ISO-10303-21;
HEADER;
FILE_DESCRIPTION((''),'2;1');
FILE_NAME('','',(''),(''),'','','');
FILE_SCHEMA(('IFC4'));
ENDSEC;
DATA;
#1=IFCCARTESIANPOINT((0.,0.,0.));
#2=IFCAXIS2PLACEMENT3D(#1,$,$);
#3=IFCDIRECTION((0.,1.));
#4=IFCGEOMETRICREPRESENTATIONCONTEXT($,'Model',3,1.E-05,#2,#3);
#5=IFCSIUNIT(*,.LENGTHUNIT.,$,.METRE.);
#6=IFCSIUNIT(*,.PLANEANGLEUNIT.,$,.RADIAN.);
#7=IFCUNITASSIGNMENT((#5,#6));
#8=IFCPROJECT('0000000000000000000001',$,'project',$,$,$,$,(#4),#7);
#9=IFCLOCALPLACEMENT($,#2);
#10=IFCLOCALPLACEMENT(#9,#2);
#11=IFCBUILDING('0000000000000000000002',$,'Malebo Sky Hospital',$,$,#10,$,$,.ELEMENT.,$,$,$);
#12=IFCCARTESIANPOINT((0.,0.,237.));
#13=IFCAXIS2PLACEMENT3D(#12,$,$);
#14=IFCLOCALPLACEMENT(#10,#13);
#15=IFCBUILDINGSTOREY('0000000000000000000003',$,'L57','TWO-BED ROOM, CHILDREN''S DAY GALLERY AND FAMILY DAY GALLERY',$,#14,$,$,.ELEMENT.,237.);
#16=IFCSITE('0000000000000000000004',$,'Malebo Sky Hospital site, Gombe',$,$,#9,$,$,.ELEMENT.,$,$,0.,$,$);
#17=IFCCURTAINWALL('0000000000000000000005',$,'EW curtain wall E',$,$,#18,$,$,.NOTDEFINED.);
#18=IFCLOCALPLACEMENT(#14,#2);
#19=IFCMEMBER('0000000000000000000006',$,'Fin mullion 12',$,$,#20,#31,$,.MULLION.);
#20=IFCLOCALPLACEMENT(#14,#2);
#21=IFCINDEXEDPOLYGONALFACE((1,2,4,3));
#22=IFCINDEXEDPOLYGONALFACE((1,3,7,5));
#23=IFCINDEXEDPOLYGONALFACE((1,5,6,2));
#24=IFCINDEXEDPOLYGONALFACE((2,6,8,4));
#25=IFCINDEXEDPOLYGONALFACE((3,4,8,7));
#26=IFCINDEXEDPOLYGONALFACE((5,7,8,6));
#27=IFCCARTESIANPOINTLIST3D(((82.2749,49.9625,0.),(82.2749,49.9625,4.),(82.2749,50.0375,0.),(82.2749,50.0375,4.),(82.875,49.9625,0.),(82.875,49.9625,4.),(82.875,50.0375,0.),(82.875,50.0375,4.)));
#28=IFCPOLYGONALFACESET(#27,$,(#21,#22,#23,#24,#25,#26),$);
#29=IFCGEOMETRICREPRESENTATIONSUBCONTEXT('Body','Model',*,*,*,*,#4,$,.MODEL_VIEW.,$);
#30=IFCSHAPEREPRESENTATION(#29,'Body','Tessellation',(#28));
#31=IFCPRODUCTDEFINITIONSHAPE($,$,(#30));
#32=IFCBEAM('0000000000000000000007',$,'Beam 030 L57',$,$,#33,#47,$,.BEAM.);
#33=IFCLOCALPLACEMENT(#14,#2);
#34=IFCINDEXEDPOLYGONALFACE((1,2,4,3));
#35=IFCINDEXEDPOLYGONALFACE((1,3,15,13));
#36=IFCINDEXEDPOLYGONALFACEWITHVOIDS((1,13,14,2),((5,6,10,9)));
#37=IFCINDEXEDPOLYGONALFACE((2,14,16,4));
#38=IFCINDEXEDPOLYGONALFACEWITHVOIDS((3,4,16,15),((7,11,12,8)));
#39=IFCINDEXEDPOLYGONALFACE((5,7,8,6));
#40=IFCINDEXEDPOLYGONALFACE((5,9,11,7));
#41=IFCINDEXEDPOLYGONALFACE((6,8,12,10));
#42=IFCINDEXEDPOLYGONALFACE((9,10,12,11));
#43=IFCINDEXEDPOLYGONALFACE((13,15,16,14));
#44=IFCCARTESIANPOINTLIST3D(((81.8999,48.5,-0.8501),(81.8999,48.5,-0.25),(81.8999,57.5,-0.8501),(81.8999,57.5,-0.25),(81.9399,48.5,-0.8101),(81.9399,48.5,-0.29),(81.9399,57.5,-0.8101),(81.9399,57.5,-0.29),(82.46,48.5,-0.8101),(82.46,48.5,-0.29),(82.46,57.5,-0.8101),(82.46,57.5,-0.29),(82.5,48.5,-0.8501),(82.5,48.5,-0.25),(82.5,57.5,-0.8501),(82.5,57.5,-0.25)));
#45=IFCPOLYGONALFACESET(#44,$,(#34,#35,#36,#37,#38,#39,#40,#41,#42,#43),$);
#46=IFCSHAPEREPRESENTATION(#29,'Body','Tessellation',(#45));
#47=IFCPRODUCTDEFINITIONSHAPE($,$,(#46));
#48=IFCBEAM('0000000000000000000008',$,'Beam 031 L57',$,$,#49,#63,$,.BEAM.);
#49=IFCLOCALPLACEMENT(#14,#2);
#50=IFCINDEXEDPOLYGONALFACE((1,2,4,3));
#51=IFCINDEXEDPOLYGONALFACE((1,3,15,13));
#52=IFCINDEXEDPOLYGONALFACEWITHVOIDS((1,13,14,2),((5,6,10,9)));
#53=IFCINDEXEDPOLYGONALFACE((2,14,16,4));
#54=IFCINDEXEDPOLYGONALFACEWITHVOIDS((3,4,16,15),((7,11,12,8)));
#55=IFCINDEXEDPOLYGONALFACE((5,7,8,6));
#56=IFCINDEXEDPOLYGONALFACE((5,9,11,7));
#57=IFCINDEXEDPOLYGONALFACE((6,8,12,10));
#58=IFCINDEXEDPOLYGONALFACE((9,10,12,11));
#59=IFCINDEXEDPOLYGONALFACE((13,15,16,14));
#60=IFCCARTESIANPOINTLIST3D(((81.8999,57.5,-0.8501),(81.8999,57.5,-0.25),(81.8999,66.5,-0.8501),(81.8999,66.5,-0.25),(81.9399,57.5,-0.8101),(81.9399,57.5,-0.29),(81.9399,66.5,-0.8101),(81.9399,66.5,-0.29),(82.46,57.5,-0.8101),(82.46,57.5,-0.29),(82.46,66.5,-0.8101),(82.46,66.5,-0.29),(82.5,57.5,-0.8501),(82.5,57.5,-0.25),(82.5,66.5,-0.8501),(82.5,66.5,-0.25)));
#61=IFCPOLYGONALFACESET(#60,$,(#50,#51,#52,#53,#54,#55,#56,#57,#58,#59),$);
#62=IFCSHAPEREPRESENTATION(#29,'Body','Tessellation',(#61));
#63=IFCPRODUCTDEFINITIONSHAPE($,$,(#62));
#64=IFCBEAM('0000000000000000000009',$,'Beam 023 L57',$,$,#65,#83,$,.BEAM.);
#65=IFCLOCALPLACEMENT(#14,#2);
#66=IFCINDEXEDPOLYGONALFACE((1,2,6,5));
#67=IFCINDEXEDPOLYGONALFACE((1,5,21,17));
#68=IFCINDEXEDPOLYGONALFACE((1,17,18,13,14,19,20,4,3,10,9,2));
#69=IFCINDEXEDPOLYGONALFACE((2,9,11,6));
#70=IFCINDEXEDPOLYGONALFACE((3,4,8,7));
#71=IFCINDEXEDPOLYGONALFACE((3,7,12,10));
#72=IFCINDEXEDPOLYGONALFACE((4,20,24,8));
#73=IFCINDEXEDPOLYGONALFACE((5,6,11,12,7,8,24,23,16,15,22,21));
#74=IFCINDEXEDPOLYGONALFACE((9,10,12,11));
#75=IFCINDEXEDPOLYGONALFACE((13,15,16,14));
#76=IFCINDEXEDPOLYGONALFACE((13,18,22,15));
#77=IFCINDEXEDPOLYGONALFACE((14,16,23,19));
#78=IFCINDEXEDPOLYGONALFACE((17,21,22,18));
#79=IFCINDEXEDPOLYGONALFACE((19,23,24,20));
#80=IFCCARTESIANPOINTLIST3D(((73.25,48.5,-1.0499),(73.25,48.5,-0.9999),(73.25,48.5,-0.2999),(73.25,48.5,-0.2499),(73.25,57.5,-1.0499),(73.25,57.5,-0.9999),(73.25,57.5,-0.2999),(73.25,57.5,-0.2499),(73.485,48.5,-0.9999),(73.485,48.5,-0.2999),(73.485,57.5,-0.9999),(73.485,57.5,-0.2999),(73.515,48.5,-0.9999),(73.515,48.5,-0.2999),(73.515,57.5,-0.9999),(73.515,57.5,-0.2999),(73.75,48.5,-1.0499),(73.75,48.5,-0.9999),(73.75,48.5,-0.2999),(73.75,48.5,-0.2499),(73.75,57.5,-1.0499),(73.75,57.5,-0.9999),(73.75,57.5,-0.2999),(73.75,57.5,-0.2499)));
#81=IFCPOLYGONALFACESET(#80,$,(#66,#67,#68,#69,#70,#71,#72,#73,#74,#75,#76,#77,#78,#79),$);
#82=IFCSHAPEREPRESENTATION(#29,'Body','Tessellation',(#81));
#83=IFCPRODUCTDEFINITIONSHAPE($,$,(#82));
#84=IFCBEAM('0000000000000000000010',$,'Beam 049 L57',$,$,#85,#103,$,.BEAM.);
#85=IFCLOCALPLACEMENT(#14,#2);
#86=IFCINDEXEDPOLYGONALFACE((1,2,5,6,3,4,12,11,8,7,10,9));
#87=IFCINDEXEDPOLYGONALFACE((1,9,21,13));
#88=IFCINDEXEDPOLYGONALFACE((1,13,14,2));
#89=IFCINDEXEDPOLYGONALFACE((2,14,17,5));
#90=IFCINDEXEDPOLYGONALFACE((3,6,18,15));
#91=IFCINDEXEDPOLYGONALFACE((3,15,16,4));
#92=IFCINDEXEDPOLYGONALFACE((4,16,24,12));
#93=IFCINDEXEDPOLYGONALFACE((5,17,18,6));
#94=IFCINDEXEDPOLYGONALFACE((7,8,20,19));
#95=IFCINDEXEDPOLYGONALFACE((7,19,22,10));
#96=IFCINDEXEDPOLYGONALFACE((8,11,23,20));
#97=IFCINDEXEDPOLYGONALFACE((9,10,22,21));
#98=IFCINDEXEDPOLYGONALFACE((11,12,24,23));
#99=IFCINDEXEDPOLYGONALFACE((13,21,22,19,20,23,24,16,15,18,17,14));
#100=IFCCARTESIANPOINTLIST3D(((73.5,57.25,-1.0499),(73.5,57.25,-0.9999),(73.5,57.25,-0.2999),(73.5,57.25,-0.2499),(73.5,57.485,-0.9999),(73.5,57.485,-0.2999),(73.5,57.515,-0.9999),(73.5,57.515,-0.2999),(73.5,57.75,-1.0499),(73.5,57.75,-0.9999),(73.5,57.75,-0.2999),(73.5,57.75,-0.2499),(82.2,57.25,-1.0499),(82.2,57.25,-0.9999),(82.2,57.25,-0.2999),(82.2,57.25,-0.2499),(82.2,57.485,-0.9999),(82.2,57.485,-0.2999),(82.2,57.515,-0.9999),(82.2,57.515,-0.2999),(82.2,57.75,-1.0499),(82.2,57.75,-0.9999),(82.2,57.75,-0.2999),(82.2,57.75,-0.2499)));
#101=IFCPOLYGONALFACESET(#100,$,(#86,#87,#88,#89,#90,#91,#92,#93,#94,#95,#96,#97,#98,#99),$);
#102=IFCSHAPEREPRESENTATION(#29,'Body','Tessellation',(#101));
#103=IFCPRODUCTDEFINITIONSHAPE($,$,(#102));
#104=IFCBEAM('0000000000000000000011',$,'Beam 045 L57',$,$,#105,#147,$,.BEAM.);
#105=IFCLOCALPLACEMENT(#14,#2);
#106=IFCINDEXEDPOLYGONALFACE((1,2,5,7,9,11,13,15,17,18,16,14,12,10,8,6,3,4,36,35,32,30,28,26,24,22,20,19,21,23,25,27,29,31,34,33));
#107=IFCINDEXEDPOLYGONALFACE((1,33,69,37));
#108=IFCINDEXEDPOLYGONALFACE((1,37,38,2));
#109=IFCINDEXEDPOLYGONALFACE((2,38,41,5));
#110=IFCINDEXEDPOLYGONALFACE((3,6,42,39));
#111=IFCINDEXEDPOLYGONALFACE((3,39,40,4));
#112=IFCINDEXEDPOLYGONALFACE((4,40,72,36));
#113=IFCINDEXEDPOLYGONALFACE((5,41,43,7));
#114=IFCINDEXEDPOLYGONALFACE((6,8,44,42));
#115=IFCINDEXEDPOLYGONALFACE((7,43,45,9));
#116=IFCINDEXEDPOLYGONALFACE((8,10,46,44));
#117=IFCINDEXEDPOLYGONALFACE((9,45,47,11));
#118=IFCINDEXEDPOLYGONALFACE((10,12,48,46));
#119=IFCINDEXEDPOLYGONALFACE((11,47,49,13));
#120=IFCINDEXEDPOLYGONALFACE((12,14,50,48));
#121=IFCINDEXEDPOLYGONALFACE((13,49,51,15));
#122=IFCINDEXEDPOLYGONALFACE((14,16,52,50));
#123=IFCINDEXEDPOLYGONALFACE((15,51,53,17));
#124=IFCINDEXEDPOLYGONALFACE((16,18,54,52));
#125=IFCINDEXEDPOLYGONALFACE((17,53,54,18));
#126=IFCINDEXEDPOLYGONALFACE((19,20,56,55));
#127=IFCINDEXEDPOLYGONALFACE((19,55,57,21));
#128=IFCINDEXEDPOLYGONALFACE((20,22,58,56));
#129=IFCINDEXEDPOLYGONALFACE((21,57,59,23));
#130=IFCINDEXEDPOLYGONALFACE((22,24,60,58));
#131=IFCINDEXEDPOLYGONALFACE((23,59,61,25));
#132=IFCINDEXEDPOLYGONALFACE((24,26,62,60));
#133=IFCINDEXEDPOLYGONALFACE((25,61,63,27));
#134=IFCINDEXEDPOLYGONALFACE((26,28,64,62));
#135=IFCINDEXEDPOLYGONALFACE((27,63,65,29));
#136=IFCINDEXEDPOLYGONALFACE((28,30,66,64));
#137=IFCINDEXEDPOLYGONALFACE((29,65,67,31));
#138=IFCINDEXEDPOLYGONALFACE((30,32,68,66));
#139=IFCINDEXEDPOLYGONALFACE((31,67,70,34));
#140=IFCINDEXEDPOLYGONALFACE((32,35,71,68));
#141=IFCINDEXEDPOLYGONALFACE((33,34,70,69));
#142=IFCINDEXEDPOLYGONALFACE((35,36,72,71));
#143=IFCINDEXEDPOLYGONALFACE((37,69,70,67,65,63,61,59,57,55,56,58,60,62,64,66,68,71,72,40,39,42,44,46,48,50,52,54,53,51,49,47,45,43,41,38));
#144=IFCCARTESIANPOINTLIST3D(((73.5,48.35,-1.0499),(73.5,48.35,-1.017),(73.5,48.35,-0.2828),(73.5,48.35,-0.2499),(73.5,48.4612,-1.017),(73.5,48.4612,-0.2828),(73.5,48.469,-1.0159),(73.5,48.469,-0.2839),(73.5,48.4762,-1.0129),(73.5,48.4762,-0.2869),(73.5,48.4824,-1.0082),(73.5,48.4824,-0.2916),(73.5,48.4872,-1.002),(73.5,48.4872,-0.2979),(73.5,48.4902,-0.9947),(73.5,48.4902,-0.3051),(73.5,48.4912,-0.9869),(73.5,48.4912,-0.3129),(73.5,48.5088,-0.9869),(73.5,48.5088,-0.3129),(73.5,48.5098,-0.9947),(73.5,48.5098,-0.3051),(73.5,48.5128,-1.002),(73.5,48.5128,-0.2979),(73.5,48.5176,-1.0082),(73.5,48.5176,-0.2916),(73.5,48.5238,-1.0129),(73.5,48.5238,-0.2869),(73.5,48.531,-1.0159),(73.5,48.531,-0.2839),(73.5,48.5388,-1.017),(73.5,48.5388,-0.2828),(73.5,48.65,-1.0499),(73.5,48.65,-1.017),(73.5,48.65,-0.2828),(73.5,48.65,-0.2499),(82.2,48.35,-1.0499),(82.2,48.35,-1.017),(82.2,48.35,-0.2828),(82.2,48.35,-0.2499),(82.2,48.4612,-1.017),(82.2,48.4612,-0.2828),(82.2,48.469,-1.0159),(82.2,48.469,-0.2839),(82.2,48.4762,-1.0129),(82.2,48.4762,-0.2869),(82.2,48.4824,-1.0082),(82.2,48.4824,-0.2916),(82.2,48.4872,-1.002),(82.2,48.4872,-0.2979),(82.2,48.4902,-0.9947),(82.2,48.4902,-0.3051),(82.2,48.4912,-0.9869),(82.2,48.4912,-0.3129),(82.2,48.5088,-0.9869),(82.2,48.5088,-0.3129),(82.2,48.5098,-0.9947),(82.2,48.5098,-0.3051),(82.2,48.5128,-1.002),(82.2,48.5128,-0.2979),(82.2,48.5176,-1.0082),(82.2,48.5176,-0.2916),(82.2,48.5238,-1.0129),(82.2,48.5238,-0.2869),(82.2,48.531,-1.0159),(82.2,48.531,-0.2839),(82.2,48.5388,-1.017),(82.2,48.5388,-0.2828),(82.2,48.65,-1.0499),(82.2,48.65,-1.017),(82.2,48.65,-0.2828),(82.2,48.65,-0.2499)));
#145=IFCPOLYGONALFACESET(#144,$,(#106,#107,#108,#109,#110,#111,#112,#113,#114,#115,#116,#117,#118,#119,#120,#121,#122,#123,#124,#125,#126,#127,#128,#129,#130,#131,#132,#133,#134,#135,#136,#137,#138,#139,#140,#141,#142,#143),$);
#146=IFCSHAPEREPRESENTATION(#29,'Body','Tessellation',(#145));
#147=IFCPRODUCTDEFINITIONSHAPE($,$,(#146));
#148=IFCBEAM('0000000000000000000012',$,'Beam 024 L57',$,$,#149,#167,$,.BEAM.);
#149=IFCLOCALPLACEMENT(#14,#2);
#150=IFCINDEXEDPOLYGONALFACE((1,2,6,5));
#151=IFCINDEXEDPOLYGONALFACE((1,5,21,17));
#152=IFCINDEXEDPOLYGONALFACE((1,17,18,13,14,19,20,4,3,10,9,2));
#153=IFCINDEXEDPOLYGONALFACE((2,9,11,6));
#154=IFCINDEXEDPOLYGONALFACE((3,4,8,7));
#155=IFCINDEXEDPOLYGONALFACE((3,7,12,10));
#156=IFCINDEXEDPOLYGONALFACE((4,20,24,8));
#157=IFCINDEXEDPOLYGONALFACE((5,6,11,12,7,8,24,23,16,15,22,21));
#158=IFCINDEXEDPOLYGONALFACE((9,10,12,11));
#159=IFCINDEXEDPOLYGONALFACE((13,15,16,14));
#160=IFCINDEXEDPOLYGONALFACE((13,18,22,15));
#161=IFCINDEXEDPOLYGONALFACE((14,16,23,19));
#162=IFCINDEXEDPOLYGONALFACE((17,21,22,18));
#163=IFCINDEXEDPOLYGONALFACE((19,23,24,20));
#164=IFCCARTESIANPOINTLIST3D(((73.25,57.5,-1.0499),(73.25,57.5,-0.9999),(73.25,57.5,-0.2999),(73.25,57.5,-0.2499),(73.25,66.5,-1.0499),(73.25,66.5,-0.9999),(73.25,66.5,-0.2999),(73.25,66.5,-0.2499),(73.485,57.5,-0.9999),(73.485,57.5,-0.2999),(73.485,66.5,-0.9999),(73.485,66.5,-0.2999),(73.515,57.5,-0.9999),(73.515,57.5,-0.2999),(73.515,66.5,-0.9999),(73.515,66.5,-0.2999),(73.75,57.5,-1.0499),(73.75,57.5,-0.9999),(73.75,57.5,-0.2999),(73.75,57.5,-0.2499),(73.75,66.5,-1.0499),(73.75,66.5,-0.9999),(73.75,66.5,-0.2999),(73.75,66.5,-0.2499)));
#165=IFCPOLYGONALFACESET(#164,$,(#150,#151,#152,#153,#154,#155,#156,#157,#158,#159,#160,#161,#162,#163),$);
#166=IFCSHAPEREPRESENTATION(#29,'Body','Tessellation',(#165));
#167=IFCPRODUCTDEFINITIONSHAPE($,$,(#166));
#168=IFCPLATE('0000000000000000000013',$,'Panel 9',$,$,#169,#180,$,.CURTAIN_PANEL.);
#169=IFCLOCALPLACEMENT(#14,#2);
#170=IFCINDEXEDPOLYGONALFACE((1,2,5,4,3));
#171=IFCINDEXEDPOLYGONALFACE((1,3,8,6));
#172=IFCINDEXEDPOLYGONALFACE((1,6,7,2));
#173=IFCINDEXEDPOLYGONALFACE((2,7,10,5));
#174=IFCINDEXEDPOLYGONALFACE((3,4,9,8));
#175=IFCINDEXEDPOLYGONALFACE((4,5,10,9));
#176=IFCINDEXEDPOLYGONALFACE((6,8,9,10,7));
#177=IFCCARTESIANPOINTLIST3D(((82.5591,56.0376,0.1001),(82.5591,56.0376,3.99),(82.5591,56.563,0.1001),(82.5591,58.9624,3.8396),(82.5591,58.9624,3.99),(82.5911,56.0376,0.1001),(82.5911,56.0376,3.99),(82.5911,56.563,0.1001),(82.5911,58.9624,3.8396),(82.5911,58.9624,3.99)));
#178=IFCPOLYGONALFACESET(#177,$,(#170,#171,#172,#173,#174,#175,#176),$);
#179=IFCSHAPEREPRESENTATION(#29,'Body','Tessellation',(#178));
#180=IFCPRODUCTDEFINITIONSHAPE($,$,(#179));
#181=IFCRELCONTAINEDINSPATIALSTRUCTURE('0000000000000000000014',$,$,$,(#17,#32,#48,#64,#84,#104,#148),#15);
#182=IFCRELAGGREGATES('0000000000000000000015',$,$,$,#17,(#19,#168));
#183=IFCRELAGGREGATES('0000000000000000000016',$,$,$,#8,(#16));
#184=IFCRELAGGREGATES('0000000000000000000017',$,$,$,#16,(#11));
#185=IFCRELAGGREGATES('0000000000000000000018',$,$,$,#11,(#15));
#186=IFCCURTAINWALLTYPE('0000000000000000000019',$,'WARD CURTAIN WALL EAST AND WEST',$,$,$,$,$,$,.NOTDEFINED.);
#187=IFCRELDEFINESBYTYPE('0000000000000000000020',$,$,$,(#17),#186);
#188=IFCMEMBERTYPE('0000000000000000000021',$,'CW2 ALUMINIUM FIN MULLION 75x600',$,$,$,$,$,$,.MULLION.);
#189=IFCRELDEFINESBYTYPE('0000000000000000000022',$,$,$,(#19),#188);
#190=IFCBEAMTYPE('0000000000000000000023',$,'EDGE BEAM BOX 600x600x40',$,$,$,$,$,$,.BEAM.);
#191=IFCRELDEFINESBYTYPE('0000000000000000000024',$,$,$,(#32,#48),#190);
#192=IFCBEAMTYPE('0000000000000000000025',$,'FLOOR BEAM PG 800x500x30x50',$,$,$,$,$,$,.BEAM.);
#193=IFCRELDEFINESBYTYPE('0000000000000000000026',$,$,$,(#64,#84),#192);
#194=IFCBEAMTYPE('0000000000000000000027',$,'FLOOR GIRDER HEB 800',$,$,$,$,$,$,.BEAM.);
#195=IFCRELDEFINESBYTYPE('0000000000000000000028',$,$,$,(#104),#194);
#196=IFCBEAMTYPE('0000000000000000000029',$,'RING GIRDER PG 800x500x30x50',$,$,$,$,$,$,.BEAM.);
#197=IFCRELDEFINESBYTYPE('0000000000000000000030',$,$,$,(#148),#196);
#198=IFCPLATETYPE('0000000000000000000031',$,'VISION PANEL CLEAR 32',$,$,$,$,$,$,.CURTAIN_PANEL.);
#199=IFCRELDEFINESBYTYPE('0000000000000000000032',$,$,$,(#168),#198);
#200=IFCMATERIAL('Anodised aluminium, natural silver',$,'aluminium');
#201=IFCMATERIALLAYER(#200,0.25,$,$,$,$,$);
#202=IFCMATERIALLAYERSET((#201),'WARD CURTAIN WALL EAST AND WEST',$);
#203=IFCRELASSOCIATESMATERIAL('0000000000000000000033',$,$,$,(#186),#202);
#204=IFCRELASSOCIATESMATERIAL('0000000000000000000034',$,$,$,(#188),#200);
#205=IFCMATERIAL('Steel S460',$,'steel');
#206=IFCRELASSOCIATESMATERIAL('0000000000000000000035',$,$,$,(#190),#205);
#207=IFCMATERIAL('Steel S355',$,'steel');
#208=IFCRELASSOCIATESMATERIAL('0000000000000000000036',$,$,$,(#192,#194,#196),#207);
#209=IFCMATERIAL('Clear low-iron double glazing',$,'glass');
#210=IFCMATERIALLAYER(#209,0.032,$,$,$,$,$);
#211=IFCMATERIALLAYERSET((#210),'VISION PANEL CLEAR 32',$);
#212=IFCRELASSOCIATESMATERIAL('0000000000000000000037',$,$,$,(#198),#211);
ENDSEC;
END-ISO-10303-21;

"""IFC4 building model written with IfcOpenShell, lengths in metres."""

from ifc_helpers import new_model, si_unit, direction, frame, origin, origin_2d, place, context, subcontext, project, spatial, polyline, rectangle, hollow_rectangle, i_section, outline, extrude, material, layer, layer_set, material_profile, profile_set, type_object, element, aggregate, save


model = new_model("IFC4")

# Units and contexts
model_context = context("Model", 3, precision=1e-05, world=origin(), true_north=direction((0.0, 1.0)))
body_context = subcontext(model_context, "Body", "Model", "MODEL_VIEW")
ifc_project = project(units=[si_unit("LENGTHUNIT", "METRE"), si_unit("PLANEANGLEUNIT", "RADIAN")], contexts=[model_context])

# Site, building, storey
site_placement = place(None, origin())
site = spatial("IfcSite", under=ifc_project, at=site_placement, Name="Malebo Sky Hospital site, Gombe", CompositionType="ELEMENT", RefElevation=0.0)
building_placement = place(site_placement, origin())
building = spatial("IfcBuilding", under=site, at=building_placement, Name="Malebo Sky Hospital", CompositionType="ELEMENT")
storey_placement = place(building_placement, frame((0.0, 0.0, 237.0)))
storey = spatial("IfcBuildingStorey", under=building, at=storey_placement, Name="L57", Description="TWO-BED ROOM, CHILDREN'S DAY GALLERY AND FAMILY DAY GALLERY", CompositionType="ELEMENT", Elevation=237.0)

# Shared definitions
ifc_material_1 = material(Name="Steel S460", Category="steel")

# Curtain wall
ifc_material_2 = material(Name="Anodised aluminium, natural silver", Category="aluminium")
ifc_layer_1 = layer(ifc_material_2, 0.25)
ifc_layer_set_1 = layer_set([ifc_layer_1], Name="WARD CURTAIN WALL EAST AND WEST")
curtain_wall_type = type_object("IfcCurtainWallType", Name="WARD CURTAIN WALL EAST AND WEST", PredefinedType="NOTDEFINED", material=ifc_layer_set_1)
curtain_wall_placement = place(storey_placement, origin())
curtain_wall = element("IfcCurtainWall", 1, at=curtain_wall_placement, inside=storey, type_object=curtain_wall_type, Name="EW curtain wall E", PredefinedType="NOTDEFINED")

# Member
ifc_material_3 = material(Name="Steel S355", Category="steel")
ifc_material_profile_1 = material_profile(ifc_material_2, rectangle(XDim=0.075, YDim=0.6001, at=origin_2d()), Name="CW2 ALUMINIUM FIN MULLION 75x600")
ifc_profile_set_1 = profile_set([ifc_material_profile_1], Name="Anodised aluminium, natural silver")
member_type_1 = type_object("IfcMemberType", Name="CW2 ALUMINIUM FIN MULLION 75x600", PredefinedType="MULLION", material=ifc_profile_set_1)
member_1_placement = place(storey_placement, frame((82.575, 50.0, 0.0), z_axis=(0.0, 0.0, 1.0), x_axis=(0.0, -1.0, 0.0)))
member_1 = element("IfcMember", 2, at=member_1_placement, type_object=member_type_1, Name="Fin mullion 12", PredefinedType="MULLION", context=body_context, shape_type="SweptSolid", body=[
    extrude(rectangle(XDim=0.075, YDim=0.6001, at=origin_2d()), origin(), (0.0, 0.0, 1.0), 4.0),
])

# Beams
ifc_material_profile_2 = material_profile(ifc_material_1, hollow_rectangle(XDim=0.6001, YDim=0.6001, WallThickness=0.04, at=origin_2d()), Name="BOX 600x600x40")
ifc_profile_set_2 = profile_set([ifc_material_profile_2], Name="Steel S460")
beam_type_1 = type_object("IfcBeamType", Name="EDGE BEAM BOX 600x600x40", PredefinedType="BEAM", material=ifc_profile_set_2)
for number, where, z_axis, x_axis, name in (
    (3, (82.2, 48.5, -0.55), (0.0, 1.0, 0.0), (-1.0, 0.0, 0.0), "Beam 030 L57"),
    (4, (82.2, 57.5, -0.55), (0.0, 1.0, 0.0), (-1.0, 0.0, 0.0), "Beam 031 L57"),
):
    element("IfcBeam", number, at=place(storey_placement, frame(where, z_axis=z_axis, x_axis=x_axis)), inside=storey, type_object=beam_type_1, Name=name, PredefinedType="BEAM", context=body_context, shape_type="SweptSolid", body=[
        extrude(hollow_rectangle(XDim=0.6001, YDim=0.6001, WallThickness=0.04, at=origin_2d()), origin(), (0.0, 0.0, 1.0), 9.0),
    ])
ifc_material_profile_3 = material_profile(ifc_material_3, i_section(OverallWidth=0.5, OverallDepth=0.8, WebThickness=0.03, FlangeThickness=0.05, at=origin_2d()), Name="PG 800x500x30x50")
ifc_profile_set_3 = profile_set([ifc_material_profile_3], Name="Steel S355")
beam_type_2 = type_object("IfcBeamType", Name="FLOOR BEAM PG 800x500x30x50", PredefinedType="BEAM", material=ifc_profile_set_3)
beam_1_placement = place(storey_placement, frame((73.5, 48.5, -0.6499), z_axis=(0.0, 1.0, 0.0), x_axis=(-1.0, 0.0, 0.0)))
element("IfcBeam", 5, at=beam_1_placement, inside=storey, type_object=beam_type_2, Name="Beam 023 L57", PredefinedType="BEAM", context=body_context, shape_type="SweptSolid", body=[
    extrude(i_section(OverallWidth=0.5, OverallDepth=0.8, WebThickness=0.03, FlangeThickness=0.05, at=origin_2d()), origin(), (0.0, 0.0, 1.0), 9.0),
])
beam_2_placement = place(storey_placement, frame((73.5, 57.5, -0.6499), z_axis=(1.0, 0.0, 0.0), x_axis=(0.0, 1.0, 0.0)))
element("IfcBeam", 6, at=beam_2_placement, inside=storey, type_object=beam_type_2, Name="Beam 049 L57", PredefinedType="BEAM", context=body_context, shape_type="SweptSolid", body=[
    extrude(i_section(OverallWidth=0.5, OverallDepth=0.8, WebThickness=0.03, FlangeThickness=0.05, at=origin_2d()), origin(), (0.0, 0.0, 1.0), 8.7),
])
ifc_material_profile_4 = material_profile(ifc_material_3, i_section(OverallWidth=0.3, OverallDepth=0.8, WebThickness=0.0176, FlangeThickness=0.033, FilletRadius=0.03, at=origin_2d()), Name="HEB 800")
ifc_profile_set_4 = profile_set([ifc_material_profile_4], Name="Steel S355")
beam_type_3 = type_object("IfcBeamType", Name="FLOOR GIRDER HEB 800", PredefinedType="BEAM", material=ifc_profile_set_4)
beam_3_placement = place(storey_placement, frame((73.5, 48.5, -0.6499), z_axis=(1.0, 0.0, 0.0), x_axis=(0.0, 1.0, 0.0)))
element("IfcBeam", 7, at=beam_3_placement, inside=storey, type_object=beam_type_3, Name="Beam 045 L57", PredefinedType="BEAM", context=body_context, shape_type="SweptSolid", body=[
    extrude(i_section(OverallWidth=0.3, OverallDepth=0.8, WebThickness=0.0176, FlangeThickness=0.033, FilletRadius=0.03, at=origin_2d()), origin(), (0.0, 0.0, 1.0), 8.7),
])
ifc_material_profile_5 = material_profile(ifc_material_3, i_section(OverallWidth=0.5, OverallDepth=0.8, WebThickness=0.03, FlangeThickness=0.05, at=origin_2d()), Name="PG 800x500x30x50")
ifc_profile_set_5 = profile_set([ifc_material_profile_5], Name="Steel S355")
beam_type_4 = type_object("IfcBeamType", Name="RING GIRDER PG 800x500x30x50", PredefinedType="BEAM", material=ifc_profile_set_5)
beam_4_placement = place(storey_placement, frame((73.5, 57.5, -0.6499), z_axis=(0.0, 1.0, 0.0), x_axis=(-1.0, 0.0, 0.0)))
element("IfcBeam", 8, at=beam_4_placement, inside=storey, type_object=beam_type_4, Name="Beam 024 L57", PredefinedType="BEAM", context=body_context, shape_type="SweptSolid", body=[
    extrude(i_section(OverallWidth=0.5, OverallDepth=0.8, WebThickness=0.03, FlangeThickness=0.05, at=origin_2d()), origin(), (0.0, 0.0, 1.0), 9.0),
])

# Plate
ifc_material_4 = material(Name="Clear low-iron double glazing", Category="glass")
ifc_layer_2 = layer(ifc_material_4, 0.032)
ifc_layer_set_2 = layer_set([ifc_layer_2], Name="VISION PANEL CLEAR 32")
plate_type = type_object("IfcPlateType", Name="VISION PANEL CLEAR 32", PredefinedType="CURTAIN_PANEL", material=ifc_layer_set_2)
plate_1_placement = place(storey_placement, frame((82.575, 57.5, 0.1001), z_axis=(0.0, 0.0, 1.0), x_axis=(0.0, -1.0, 0.0)))
plate_1 = element("IfcPlate", 9, at=plate_1_placement, type_object=plate_type, Name="Panel 9", PredefinedType="CURTAIN_PANEL", context=body_context, shape_type="SweptSolid", body=[
    extrude(outline(polyline([(0.937, 0.0), (1.4624, 0.0), (1.4624, 3.8899), (-1.4624, 3.8899), (-1.4624, 3.7395), (0.937, 0.0)])), frame((0.0, 0.0161, 0.0), z_axis=(0.0, -1.0, 0.0), x_axis=(1.0, 0.0, 0.0)), (0.0, 0.0, 1.0), 0.032),
])
aggregate(curtain_wall, [member_1, plate_1])

save(model, "model.ifc")
